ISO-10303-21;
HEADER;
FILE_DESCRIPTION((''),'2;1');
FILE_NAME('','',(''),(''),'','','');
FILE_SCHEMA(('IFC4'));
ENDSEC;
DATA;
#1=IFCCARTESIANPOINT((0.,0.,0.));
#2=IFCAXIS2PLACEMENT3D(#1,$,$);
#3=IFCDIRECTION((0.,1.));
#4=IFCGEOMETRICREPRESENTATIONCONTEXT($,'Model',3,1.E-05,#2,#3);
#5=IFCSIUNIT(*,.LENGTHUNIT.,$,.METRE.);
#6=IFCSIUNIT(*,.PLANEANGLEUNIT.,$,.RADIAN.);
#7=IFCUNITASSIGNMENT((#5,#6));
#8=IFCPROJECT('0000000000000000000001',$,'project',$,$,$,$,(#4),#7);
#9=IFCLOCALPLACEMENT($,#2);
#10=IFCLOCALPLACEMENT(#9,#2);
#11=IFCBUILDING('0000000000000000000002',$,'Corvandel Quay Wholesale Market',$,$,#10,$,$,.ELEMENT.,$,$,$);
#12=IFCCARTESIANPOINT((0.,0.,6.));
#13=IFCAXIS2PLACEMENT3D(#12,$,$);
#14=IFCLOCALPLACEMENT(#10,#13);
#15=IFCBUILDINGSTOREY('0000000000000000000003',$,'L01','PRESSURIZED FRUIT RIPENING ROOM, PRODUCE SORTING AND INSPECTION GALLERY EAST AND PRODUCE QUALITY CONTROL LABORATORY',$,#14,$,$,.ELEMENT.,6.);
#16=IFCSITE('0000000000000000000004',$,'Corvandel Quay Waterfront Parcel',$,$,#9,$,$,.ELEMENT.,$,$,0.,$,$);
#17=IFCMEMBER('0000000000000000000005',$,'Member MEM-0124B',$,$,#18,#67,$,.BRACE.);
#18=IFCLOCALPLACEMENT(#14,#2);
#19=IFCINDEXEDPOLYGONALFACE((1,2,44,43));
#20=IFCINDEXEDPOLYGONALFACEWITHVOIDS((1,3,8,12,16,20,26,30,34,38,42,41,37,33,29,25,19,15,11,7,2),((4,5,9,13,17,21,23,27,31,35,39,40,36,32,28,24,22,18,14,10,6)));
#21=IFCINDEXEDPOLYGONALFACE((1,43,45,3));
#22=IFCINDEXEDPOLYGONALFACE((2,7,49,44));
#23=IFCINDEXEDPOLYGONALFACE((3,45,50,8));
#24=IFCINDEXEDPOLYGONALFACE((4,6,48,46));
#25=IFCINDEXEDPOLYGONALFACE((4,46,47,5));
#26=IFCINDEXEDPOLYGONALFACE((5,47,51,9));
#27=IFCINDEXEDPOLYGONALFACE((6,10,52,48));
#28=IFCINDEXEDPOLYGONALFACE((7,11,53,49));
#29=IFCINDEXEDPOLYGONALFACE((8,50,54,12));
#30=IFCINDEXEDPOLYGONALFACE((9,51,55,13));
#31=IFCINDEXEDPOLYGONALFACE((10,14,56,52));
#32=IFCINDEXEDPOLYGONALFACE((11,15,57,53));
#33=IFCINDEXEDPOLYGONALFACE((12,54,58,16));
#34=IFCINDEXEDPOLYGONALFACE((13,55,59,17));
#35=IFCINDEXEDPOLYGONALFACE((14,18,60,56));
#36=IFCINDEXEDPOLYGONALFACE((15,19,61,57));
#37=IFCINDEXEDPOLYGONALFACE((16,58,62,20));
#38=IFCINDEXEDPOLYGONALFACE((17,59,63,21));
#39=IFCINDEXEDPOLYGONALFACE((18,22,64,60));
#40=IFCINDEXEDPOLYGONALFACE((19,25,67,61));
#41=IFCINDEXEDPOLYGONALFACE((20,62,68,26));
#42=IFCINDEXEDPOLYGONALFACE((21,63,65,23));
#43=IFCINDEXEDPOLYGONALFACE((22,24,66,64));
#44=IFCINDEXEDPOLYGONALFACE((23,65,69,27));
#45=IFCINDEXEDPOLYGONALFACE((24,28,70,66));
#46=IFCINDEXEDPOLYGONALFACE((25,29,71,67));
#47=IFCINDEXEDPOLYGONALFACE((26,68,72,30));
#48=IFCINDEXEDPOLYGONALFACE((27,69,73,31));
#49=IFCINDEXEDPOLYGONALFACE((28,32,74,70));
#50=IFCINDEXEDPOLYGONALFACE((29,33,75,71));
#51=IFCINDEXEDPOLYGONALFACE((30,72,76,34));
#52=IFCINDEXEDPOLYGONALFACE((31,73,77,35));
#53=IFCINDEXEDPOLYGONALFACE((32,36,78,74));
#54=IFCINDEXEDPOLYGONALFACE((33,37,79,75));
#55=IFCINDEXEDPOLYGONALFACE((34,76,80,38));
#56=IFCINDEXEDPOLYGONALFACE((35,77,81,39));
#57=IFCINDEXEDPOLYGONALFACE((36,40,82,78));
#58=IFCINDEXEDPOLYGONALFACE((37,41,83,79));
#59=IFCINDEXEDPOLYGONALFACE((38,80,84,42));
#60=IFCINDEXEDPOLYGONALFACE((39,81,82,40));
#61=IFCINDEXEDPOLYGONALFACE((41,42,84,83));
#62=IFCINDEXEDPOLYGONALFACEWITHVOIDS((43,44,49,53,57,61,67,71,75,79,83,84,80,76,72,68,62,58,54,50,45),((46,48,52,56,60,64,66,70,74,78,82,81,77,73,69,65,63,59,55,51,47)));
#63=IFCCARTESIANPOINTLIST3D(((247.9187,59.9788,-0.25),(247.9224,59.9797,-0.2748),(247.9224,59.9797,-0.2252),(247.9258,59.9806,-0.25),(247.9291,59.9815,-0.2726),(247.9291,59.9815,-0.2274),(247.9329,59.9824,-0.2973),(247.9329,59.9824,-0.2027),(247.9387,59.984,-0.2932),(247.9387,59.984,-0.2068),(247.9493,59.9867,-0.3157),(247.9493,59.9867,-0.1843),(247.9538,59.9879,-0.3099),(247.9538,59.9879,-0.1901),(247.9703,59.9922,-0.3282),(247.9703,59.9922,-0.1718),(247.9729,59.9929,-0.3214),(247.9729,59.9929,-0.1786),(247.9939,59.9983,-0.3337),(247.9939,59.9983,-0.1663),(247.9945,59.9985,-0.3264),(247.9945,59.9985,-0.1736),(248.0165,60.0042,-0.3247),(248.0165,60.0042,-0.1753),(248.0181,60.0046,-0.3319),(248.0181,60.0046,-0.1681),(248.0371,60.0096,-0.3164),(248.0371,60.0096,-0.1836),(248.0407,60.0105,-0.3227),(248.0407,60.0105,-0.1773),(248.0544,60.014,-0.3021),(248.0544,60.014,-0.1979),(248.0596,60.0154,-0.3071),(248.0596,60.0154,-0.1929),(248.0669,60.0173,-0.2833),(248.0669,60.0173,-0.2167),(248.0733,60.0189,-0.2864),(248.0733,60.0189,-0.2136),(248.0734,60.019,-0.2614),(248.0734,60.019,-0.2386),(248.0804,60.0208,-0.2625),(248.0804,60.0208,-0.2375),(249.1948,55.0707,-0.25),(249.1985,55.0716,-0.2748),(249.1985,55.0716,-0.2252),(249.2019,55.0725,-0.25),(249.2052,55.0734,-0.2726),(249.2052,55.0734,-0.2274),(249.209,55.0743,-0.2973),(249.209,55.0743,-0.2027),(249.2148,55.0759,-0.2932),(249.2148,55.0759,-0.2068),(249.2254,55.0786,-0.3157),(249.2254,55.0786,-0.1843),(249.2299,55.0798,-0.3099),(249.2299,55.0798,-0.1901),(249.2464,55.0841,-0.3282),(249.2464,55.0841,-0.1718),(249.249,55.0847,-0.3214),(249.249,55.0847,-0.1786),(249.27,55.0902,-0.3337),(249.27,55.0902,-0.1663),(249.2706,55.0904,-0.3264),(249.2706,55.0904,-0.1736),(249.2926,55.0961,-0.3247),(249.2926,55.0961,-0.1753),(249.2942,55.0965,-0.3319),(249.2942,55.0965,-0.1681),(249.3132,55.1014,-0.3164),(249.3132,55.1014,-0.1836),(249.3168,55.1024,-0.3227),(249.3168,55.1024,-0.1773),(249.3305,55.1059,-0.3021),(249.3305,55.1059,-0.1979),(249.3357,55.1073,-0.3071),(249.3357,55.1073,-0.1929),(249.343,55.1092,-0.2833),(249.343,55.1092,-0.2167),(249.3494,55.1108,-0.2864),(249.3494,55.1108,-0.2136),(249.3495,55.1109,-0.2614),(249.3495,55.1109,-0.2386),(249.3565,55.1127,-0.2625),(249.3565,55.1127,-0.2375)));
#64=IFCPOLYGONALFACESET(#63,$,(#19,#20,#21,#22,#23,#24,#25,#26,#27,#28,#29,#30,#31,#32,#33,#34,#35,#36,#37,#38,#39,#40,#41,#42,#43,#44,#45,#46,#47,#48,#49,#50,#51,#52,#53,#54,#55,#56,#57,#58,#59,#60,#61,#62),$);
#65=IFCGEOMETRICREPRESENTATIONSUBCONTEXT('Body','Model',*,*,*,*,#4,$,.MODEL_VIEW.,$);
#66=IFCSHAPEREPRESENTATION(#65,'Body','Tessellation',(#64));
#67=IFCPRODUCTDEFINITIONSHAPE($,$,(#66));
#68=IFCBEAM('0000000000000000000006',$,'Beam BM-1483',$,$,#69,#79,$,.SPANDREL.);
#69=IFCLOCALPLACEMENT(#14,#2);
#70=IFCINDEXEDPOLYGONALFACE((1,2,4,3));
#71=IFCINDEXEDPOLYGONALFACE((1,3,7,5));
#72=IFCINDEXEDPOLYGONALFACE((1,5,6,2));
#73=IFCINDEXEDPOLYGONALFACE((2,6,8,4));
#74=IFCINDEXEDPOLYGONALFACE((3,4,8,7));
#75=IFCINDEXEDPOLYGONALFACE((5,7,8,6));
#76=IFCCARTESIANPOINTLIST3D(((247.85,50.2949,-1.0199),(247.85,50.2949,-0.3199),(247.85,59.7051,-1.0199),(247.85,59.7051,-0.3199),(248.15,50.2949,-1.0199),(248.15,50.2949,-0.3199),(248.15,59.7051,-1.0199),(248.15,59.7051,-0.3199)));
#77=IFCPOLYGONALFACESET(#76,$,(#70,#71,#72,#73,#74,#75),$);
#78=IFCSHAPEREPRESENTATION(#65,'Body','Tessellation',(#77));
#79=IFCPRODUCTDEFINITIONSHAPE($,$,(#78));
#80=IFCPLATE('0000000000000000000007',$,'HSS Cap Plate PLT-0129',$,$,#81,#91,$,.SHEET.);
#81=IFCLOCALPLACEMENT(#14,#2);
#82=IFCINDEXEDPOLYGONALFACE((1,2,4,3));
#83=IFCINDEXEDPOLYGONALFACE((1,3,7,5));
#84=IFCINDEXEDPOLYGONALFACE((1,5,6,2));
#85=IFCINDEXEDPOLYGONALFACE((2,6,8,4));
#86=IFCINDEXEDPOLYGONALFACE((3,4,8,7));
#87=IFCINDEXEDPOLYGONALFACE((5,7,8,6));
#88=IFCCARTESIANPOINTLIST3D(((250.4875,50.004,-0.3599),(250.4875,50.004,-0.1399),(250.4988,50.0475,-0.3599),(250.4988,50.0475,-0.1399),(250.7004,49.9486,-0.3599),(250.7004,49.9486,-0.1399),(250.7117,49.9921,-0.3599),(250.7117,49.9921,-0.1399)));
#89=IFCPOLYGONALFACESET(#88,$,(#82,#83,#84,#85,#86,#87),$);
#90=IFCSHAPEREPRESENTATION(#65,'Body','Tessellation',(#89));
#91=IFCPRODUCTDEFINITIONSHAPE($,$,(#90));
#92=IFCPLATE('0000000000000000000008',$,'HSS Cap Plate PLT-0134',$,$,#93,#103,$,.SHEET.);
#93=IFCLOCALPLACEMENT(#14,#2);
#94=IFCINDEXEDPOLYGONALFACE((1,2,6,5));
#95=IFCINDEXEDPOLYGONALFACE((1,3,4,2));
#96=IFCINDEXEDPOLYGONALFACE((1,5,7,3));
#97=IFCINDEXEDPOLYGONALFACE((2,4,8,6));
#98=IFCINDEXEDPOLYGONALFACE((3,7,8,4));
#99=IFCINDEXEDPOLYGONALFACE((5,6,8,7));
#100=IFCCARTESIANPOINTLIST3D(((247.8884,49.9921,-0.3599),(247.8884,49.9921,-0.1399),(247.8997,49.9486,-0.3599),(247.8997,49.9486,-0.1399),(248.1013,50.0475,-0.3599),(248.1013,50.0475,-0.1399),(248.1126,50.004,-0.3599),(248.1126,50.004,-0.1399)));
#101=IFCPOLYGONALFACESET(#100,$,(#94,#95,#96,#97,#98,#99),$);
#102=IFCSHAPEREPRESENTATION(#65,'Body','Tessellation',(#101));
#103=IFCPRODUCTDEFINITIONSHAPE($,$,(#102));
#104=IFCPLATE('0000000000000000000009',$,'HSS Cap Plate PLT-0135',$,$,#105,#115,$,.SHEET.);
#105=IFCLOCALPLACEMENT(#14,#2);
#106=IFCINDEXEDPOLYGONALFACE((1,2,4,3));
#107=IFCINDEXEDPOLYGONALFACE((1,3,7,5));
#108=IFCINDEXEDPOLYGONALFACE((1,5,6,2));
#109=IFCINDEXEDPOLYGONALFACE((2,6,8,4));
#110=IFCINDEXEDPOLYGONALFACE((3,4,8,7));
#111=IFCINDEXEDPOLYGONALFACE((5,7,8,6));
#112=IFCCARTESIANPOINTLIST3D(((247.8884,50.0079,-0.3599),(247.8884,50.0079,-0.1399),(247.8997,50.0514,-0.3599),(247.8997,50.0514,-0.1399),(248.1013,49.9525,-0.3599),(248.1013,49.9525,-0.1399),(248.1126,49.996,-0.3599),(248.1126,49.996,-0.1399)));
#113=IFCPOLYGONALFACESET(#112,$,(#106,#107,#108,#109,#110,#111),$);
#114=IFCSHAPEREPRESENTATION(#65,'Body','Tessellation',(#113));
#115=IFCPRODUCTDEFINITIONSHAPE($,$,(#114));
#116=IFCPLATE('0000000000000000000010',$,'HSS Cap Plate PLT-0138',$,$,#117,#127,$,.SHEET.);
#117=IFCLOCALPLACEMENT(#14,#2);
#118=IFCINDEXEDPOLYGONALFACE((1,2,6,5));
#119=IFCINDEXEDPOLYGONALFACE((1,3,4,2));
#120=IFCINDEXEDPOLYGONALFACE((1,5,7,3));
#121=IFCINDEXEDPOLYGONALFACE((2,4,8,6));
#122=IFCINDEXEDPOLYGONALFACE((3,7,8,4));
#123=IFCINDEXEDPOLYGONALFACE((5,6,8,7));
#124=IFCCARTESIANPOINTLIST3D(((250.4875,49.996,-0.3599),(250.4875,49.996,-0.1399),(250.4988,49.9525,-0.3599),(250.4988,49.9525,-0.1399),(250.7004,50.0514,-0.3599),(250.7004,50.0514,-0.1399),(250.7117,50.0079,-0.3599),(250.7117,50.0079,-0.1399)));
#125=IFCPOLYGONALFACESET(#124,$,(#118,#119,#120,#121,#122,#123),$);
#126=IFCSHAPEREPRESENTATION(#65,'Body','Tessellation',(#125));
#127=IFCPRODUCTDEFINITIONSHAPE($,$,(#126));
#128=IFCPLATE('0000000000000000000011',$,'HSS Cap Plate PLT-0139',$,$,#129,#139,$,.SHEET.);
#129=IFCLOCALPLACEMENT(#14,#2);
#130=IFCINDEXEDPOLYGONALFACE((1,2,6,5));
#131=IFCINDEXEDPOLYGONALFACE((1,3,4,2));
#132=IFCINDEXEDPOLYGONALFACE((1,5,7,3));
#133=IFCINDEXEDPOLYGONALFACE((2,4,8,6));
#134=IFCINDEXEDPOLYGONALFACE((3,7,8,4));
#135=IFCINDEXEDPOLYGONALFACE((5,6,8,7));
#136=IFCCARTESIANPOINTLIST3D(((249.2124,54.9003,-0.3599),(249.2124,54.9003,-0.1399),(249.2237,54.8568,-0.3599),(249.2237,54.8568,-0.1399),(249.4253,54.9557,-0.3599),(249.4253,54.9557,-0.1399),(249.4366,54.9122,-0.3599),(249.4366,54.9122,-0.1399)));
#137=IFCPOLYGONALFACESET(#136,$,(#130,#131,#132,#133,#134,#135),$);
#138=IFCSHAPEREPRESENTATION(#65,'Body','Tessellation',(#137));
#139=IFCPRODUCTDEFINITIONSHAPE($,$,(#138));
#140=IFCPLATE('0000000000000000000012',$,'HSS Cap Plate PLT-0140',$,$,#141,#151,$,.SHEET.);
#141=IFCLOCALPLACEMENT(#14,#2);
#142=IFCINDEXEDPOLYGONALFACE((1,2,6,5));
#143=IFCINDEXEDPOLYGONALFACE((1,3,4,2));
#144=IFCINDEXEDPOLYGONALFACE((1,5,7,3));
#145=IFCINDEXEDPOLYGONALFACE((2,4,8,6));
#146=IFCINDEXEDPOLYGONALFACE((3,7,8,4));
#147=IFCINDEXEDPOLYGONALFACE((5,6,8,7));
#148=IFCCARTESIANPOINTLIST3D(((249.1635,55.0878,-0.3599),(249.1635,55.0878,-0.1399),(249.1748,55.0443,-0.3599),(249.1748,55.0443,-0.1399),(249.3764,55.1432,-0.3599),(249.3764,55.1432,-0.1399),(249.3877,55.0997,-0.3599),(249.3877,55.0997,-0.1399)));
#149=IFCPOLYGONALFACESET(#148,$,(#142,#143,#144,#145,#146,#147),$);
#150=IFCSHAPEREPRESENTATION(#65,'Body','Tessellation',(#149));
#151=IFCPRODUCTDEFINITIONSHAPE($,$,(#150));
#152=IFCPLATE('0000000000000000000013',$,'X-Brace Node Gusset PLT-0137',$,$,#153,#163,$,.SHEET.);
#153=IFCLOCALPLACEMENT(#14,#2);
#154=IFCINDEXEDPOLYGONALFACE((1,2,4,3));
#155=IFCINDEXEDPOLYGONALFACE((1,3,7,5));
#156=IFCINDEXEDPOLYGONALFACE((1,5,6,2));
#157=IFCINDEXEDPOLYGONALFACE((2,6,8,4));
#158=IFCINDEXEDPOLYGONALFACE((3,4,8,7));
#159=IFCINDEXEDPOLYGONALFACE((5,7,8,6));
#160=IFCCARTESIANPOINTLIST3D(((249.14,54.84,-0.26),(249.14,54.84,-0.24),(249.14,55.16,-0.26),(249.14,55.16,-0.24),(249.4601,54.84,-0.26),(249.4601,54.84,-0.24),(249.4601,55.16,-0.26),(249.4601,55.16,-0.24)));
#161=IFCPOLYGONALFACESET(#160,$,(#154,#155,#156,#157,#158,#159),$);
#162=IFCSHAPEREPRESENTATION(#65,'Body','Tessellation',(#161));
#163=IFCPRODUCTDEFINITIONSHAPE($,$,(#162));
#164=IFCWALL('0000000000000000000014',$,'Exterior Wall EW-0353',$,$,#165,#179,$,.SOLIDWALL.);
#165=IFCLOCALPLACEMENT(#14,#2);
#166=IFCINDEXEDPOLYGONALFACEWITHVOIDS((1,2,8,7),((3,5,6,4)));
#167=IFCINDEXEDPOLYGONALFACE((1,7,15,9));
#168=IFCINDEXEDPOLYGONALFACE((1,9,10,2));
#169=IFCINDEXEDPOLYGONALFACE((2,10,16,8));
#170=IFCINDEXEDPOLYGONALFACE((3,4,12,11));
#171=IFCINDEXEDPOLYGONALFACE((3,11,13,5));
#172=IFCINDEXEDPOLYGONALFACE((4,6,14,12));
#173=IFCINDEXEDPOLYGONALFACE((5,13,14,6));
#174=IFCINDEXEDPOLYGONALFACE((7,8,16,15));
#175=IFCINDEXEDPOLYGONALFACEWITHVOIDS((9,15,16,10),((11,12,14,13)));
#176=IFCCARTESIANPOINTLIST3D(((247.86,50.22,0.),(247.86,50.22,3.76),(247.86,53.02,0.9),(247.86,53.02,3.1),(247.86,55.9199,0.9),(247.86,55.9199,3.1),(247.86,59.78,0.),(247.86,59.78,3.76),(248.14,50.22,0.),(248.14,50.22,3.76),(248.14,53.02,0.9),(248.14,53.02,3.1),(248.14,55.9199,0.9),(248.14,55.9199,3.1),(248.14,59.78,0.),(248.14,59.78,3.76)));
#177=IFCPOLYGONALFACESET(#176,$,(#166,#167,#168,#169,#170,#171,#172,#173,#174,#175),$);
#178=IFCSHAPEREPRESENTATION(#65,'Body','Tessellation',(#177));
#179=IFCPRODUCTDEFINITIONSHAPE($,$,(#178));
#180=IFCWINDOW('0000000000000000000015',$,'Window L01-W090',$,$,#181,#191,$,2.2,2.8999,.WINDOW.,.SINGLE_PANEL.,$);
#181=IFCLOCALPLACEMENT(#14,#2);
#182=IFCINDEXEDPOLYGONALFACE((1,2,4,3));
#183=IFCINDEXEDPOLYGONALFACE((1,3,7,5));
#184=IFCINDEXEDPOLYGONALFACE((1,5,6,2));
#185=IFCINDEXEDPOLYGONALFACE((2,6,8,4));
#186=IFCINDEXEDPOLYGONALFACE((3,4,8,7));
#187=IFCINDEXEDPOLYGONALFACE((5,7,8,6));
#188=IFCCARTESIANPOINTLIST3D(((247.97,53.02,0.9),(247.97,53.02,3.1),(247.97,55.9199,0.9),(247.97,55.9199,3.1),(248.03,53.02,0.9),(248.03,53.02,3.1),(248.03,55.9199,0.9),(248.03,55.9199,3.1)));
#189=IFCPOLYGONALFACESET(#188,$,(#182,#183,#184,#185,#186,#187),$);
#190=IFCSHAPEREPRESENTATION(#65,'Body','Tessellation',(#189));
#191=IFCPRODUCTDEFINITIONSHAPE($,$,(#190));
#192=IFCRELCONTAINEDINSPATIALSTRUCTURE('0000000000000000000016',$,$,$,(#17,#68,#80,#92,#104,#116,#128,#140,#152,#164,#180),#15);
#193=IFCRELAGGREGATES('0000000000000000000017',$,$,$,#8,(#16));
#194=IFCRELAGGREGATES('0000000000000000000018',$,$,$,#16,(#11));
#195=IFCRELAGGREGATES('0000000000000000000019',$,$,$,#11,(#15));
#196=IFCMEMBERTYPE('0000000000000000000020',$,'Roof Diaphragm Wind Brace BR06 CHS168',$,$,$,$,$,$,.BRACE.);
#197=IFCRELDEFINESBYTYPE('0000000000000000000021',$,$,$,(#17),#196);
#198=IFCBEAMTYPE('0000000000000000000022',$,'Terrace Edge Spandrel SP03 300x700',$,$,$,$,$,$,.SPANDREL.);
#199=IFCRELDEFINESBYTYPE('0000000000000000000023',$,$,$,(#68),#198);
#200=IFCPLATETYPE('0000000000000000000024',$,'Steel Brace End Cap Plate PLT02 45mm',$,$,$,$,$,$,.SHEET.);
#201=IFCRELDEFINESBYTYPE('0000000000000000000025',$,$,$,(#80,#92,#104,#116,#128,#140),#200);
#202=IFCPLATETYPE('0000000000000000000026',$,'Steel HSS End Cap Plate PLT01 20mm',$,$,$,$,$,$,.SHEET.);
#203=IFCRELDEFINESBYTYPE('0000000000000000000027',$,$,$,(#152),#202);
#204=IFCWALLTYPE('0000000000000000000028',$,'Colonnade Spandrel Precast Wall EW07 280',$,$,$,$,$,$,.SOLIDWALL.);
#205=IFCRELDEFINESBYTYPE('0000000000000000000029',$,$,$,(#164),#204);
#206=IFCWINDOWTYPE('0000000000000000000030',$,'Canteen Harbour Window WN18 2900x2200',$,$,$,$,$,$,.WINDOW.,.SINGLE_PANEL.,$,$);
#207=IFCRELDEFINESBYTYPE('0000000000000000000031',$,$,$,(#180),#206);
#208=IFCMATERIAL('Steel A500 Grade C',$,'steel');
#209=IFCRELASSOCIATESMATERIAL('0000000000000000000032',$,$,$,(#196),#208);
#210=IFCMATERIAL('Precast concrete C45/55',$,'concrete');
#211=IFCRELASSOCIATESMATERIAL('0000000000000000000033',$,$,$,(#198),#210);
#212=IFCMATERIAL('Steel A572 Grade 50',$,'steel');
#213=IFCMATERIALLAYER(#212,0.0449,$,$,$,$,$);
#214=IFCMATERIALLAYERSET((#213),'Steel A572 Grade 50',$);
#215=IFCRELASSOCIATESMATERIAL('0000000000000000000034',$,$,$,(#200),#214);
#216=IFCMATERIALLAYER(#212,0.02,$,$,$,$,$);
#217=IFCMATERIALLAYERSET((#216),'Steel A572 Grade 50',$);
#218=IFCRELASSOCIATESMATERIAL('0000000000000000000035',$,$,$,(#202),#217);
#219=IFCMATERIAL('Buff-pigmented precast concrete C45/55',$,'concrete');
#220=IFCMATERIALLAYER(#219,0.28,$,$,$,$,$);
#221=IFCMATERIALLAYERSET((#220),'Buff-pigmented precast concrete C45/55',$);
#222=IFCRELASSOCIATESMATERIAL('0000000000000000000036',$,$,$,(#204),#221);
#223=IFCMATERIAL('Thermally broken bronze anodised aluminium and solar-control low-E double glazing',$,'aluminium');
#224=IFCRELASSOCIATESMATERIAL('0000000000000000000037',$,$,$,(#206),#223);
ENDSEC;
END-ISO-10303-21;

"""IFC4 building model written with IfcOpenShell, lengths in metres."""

from ifc_helpers import new_model, si_unit, direction, frame, frame_2d, origin, origin_2d, place, context, subcontext, project, spatial, rectangle, hollow_circle, extrude, material, layer, layer_set, material_profile, profile_set, type_object, element, fill, save


model = new_model("IFC4")

# Units and contexts
model_context = context("Model", 3, precision=1e-05, world=origin(), true_north=direction((0.0, 1.0)))
body_context = subcontext(model_context, "Body", "Model", "MODEL_VIEW")
ifc_project = project(units=[si_unit("LENGTHUNIT", "METRE"), si_unit("PLANEANGLEUNIT", "RADIAN")], contexts=[model_context])

# Site, building, storey
site_placement = place(None, origin())
site = spatial("IfcSite", under=ifc_project, at=site_placement, Name="Corvandel Quay Waterfront Parcel", CompositionType="ELEMENT", RefElevation=0.0)
building_placement = place(site_placement, origin())
building = spatial("IfcBuilding", under=site, at=building_placement, Name="Corvandel Quay Wholesale Market", CompositionType="ELEMENT")
storey_placement = place(building_placement, frame((0.0, 0.0, 6.0)))
storey = spatial("IfcBuildingStorey", under=building, at=storey_placement, Name="L01", Description="PRESSURIZED FRUIT RIPENING ROOM, PRODUCE SORTING AND INSPECTION GALLERY EAST AND PRODUCE QUALITY CONTROL LABORATORY", CompositionType="ELEMENT", Elevation=6.0)

# Shared definitions
ifc_material_1 = material(Name="Precast concrete C45/55", Category="concrete")

# Member
ifc_material_2 = material(Name="Steel A500 Grade C", Category="steel")
ifc_material_profile_1 = material_profile(ifc_material_2, hollow_circle(Radius=0.084, WallThickness=0.0073, at=origin_2d()), Name="HSS6.625X0.312")
ifc_profile_set_1 = profile_set([ifc_material_profile_1], Name="Steel A500 Grade C")
member_type = type_object("IfcMemberType", Name="Roof Diaphragm Wind Brace BR06 CHS168", PredefinedType="BRACE", material=ifc_profile_set_1)
for number, where, z_axis, x_axis, name in (
    (1, (249.2761, 55.0918, -0.25), (-0.251632, 0.967823, 0.0), (-0.967823, -0.251632, 0.0), "Member MEM-0124B"),
):
    element("IfcMember", number, at=place(storey_placement, frame(where, z_axis=z_axis, x_axis=x_axis)), inside=storey, type_object=member_type, Name=name, PredefinedType="BRACE", context=body_context, shape_type="SweptSolid", body=[
        extrude(hollow_circle(Radius=0.084, WallThickness=0.0073, at=origin_2d()), origin(), (0.0, 0.0, 1.0), 5.0713),
    ])

# Beam
ifc_material_profile_2 = material_profile(ifc_material_1, rectangle(XDim=0.3, YDim=0.7, at=origin_2d()), Name="PC-SPN-300x700")
ifc_profile_set_2 = profile_set([ifc_material_profile_2], Name="Precast concrete C45/55")
beam_type_1 = type_object("IfcBeamType", Name="Terrace Edge Spandrel SP03 300x700", PredefinedType="SPANDREL", material=ifc_profile_set_2)
beam_1_placement = place(storey_placement, frame((248.0, 50.2949, -0.6699), z_axis=(0.0, 1.0, 0.0), x_axis=(-1.0, 0.0, 0.0)))
element("IfcBeam", 2, at=beam_1_placement, inside=storey, type_object=beam_type_1, Name="Beam BM-1483", PredefinedType="SPANDREL", context=body_context, shape_type="SweptSolid", body=[
    extrude(rectangle(XDim=0.3, YDim=0.7, at=origin_2d()), origin(), (0.0, 0.0, 1.0), 9.4102),
])

# Plates
ifc_material_3 = material(Name="Steel A572 Grade 50", Category="steel")
ifc_layer_1 = layer(ifc_material_3, 0.0449)
ifc_layer_set_1 = layer_set([ifc_layer_1], Name="Steel A572 Grade 50")
plate_type_1 = type_object("IfcPlateType", Name="Steel Brace End Cap Plate PLT02 45mm", PredefinedType="SHEET", material=ifc_layer_set_1)
for number, where, z_axis, x_axis, name in (
    (3, (250.5996, 49.998, -0.3599), (0.0, 0.0, 1.0), (-0.967841, 0.251563, 0.0), "HSS Cap Plate PLT-0129"),
    (4, (248.0005, 49.998, -0.3599), (0.0, 0.0, 1.0), (0.967841, 0.251563, 0.0), "HSS Cap Plate PLT-0134"),
    (5, (248.0005, 50.002, -0.3599), (0.0, 0.0, 1.0), (-0.967841, 0.251563, 0.0), "HSS Cap Plate PLT-0135"),
    (6, (250.5996, 50.002, -0.3599), (0.0, 0.0, 1.0), (0.967841, 0.251563, 0.0), "HSS Cap Plate PLT-0138"),
    (7, (249.3245, 54.9062, -0.3599), (0.0, 0.0, 1.0), (0.967841, 0.251563, 0.0), "HSS Cap Plate PLT-0139"),
    (8, (249.2756, 55.0938, -0.3599), (0.0, 0.0, 1.0), (0.967841, 0.251563, 0.0), "HSS Cap Plate PLT-0140"),
):
    element("IfcPlate", number, at=place(storey_placement, frame(where, z_axis=z_axis, x_axis=x_axis)), inside=storey, type_object=plate_type_1, Name=name, PredefinedType="SHEET", context=body_context, shape_type="SweptSolid", body=[
        extrude(rectangle(XDim=0.22, YDim=0.0449, at=origin_2d()), origin(), (0.0, 0.0, 1.0), 0.22),
    ])
ifc_layer_2 = layer(ifc_material_3, 0.02)
ifc_layer_set_2 = layer_set([ifc_layer_2], Name="Steel A572 Grade 50")
plate_type_2 = type_object("IfcPlateType", Name="Steel HSS End Cap Plate PLT01 20mm", PredefinedType="SHEET", material=ifc_layer_set_2)
plate_placement = place(storey_placement, frame((249.3, 55.0, -0.26), z_axis=(0.0, 0.0, 1.0), x_axis=(1.0, 0.0, 0.0)))
element("IfcPlate", 9, at=plate_placement, inside=storey, type_object=plate_type_2, Name="X-Brace Node Gusset PLT-0137", PredefinedType="SHEET", context=body_context, shape_type="SweptSolid", body=[
    extrude(rectangle(XDim=0.3201, YDim=0.3201, at=origin_2d()), origin(), (0.0, 0.0, 1.0), 0.02),
])

# Wall, opening, window
ifc_material_4 = material(Name="Buff-pigmented precast concrete C45/55", Category="concrete")
ifc_layer_3 = layer(ifc_material_4, 0.28)
ifc_layer_set_3 = layer_set([ifc_layer_3], Name="Buff-pigmented precast concrete C45/55")
wall_type = type_object("IfcWallType", Name="Colonnade Spandrel Precast Wall EW07 280", PredefinedType="SOLIDWALL", material=ifc_layer_set_3)
wall_placement = place(storey_placement, frame((248.0, 50.22, 0.0), z_axis=(0.0, 0.0, 1.0), x_axis=(0.0, 1.0, 0.0)))
wall = element("IfcWall", 10, at=wall_placement, inside=storey, type_object=wall_type, Name="Exterior Wall EW-0353", PredefinedType="SOLIDWALL", context=body_context, shape_type="SweptSolid", body=[
    extrude(rectangle(XDim=9.5601, YDim=0.28, at=frame_2d((4.78, 0.0))), origin(), (0.0, 0.0, 1.0), 3.76),
])
opening_placement = place(wall_placement, frame((2.8, 0.0, 0.8999)))
opening = element("IfcOpeningElement", 11, at=opening_placement, cuts=wall, PredefinedType="OPENING", context=body_context, shape_type="SweptSolid", body=[
    extrude(rectangle(XDim=2.8999, YDim=2.2, at=frame_2d((1.45, 1.1001))), frame((0.0, 0.1499, 0.0), z_axis=(0.0, -1.0, 0.0), x_axis=(1.0, 0.0, 0.0)), (0.0, 0.0, 1.0), 0.3),
])
ifc_material_5 = material(Name="Thermally broken bronze anodised aluminium and solar-control low-E double glazing", Category="aluminium")
window_type = type_object("IfcWindowType", Name="Canteen Harbour Window WN18 2900x2200", PartitioningType="SINGLE_PANEL", PredefinedType="WINDOW", material=ifc_material_5)
window_placement = place(opening_placement, origin())
window = element("IfcWindow", 12, at=window_placement, inside=storey, type_object=window_type, Name="Window L01-W090", OverallHeight=2.2, OverallWidth=2.8999, PartitioningType="SINGLE_PANEL", PredefinedType="WINDOW", context=body_context, shape_type="SweptSolid", body=[
    extrude(rectangle(XDim=2.8999, YDim=2.2, at=frame_2d((1.45, 1.1001))), frame((0.0, 0.03, 0.0), z_axis=(0.0, -1.0, 0.0), x_axis=(1.0, 0.0, 0.0)), (0.0, 0.0, 1.0), 0.0601),
])
fill(opening, window)

save(model, "model.ifc")
